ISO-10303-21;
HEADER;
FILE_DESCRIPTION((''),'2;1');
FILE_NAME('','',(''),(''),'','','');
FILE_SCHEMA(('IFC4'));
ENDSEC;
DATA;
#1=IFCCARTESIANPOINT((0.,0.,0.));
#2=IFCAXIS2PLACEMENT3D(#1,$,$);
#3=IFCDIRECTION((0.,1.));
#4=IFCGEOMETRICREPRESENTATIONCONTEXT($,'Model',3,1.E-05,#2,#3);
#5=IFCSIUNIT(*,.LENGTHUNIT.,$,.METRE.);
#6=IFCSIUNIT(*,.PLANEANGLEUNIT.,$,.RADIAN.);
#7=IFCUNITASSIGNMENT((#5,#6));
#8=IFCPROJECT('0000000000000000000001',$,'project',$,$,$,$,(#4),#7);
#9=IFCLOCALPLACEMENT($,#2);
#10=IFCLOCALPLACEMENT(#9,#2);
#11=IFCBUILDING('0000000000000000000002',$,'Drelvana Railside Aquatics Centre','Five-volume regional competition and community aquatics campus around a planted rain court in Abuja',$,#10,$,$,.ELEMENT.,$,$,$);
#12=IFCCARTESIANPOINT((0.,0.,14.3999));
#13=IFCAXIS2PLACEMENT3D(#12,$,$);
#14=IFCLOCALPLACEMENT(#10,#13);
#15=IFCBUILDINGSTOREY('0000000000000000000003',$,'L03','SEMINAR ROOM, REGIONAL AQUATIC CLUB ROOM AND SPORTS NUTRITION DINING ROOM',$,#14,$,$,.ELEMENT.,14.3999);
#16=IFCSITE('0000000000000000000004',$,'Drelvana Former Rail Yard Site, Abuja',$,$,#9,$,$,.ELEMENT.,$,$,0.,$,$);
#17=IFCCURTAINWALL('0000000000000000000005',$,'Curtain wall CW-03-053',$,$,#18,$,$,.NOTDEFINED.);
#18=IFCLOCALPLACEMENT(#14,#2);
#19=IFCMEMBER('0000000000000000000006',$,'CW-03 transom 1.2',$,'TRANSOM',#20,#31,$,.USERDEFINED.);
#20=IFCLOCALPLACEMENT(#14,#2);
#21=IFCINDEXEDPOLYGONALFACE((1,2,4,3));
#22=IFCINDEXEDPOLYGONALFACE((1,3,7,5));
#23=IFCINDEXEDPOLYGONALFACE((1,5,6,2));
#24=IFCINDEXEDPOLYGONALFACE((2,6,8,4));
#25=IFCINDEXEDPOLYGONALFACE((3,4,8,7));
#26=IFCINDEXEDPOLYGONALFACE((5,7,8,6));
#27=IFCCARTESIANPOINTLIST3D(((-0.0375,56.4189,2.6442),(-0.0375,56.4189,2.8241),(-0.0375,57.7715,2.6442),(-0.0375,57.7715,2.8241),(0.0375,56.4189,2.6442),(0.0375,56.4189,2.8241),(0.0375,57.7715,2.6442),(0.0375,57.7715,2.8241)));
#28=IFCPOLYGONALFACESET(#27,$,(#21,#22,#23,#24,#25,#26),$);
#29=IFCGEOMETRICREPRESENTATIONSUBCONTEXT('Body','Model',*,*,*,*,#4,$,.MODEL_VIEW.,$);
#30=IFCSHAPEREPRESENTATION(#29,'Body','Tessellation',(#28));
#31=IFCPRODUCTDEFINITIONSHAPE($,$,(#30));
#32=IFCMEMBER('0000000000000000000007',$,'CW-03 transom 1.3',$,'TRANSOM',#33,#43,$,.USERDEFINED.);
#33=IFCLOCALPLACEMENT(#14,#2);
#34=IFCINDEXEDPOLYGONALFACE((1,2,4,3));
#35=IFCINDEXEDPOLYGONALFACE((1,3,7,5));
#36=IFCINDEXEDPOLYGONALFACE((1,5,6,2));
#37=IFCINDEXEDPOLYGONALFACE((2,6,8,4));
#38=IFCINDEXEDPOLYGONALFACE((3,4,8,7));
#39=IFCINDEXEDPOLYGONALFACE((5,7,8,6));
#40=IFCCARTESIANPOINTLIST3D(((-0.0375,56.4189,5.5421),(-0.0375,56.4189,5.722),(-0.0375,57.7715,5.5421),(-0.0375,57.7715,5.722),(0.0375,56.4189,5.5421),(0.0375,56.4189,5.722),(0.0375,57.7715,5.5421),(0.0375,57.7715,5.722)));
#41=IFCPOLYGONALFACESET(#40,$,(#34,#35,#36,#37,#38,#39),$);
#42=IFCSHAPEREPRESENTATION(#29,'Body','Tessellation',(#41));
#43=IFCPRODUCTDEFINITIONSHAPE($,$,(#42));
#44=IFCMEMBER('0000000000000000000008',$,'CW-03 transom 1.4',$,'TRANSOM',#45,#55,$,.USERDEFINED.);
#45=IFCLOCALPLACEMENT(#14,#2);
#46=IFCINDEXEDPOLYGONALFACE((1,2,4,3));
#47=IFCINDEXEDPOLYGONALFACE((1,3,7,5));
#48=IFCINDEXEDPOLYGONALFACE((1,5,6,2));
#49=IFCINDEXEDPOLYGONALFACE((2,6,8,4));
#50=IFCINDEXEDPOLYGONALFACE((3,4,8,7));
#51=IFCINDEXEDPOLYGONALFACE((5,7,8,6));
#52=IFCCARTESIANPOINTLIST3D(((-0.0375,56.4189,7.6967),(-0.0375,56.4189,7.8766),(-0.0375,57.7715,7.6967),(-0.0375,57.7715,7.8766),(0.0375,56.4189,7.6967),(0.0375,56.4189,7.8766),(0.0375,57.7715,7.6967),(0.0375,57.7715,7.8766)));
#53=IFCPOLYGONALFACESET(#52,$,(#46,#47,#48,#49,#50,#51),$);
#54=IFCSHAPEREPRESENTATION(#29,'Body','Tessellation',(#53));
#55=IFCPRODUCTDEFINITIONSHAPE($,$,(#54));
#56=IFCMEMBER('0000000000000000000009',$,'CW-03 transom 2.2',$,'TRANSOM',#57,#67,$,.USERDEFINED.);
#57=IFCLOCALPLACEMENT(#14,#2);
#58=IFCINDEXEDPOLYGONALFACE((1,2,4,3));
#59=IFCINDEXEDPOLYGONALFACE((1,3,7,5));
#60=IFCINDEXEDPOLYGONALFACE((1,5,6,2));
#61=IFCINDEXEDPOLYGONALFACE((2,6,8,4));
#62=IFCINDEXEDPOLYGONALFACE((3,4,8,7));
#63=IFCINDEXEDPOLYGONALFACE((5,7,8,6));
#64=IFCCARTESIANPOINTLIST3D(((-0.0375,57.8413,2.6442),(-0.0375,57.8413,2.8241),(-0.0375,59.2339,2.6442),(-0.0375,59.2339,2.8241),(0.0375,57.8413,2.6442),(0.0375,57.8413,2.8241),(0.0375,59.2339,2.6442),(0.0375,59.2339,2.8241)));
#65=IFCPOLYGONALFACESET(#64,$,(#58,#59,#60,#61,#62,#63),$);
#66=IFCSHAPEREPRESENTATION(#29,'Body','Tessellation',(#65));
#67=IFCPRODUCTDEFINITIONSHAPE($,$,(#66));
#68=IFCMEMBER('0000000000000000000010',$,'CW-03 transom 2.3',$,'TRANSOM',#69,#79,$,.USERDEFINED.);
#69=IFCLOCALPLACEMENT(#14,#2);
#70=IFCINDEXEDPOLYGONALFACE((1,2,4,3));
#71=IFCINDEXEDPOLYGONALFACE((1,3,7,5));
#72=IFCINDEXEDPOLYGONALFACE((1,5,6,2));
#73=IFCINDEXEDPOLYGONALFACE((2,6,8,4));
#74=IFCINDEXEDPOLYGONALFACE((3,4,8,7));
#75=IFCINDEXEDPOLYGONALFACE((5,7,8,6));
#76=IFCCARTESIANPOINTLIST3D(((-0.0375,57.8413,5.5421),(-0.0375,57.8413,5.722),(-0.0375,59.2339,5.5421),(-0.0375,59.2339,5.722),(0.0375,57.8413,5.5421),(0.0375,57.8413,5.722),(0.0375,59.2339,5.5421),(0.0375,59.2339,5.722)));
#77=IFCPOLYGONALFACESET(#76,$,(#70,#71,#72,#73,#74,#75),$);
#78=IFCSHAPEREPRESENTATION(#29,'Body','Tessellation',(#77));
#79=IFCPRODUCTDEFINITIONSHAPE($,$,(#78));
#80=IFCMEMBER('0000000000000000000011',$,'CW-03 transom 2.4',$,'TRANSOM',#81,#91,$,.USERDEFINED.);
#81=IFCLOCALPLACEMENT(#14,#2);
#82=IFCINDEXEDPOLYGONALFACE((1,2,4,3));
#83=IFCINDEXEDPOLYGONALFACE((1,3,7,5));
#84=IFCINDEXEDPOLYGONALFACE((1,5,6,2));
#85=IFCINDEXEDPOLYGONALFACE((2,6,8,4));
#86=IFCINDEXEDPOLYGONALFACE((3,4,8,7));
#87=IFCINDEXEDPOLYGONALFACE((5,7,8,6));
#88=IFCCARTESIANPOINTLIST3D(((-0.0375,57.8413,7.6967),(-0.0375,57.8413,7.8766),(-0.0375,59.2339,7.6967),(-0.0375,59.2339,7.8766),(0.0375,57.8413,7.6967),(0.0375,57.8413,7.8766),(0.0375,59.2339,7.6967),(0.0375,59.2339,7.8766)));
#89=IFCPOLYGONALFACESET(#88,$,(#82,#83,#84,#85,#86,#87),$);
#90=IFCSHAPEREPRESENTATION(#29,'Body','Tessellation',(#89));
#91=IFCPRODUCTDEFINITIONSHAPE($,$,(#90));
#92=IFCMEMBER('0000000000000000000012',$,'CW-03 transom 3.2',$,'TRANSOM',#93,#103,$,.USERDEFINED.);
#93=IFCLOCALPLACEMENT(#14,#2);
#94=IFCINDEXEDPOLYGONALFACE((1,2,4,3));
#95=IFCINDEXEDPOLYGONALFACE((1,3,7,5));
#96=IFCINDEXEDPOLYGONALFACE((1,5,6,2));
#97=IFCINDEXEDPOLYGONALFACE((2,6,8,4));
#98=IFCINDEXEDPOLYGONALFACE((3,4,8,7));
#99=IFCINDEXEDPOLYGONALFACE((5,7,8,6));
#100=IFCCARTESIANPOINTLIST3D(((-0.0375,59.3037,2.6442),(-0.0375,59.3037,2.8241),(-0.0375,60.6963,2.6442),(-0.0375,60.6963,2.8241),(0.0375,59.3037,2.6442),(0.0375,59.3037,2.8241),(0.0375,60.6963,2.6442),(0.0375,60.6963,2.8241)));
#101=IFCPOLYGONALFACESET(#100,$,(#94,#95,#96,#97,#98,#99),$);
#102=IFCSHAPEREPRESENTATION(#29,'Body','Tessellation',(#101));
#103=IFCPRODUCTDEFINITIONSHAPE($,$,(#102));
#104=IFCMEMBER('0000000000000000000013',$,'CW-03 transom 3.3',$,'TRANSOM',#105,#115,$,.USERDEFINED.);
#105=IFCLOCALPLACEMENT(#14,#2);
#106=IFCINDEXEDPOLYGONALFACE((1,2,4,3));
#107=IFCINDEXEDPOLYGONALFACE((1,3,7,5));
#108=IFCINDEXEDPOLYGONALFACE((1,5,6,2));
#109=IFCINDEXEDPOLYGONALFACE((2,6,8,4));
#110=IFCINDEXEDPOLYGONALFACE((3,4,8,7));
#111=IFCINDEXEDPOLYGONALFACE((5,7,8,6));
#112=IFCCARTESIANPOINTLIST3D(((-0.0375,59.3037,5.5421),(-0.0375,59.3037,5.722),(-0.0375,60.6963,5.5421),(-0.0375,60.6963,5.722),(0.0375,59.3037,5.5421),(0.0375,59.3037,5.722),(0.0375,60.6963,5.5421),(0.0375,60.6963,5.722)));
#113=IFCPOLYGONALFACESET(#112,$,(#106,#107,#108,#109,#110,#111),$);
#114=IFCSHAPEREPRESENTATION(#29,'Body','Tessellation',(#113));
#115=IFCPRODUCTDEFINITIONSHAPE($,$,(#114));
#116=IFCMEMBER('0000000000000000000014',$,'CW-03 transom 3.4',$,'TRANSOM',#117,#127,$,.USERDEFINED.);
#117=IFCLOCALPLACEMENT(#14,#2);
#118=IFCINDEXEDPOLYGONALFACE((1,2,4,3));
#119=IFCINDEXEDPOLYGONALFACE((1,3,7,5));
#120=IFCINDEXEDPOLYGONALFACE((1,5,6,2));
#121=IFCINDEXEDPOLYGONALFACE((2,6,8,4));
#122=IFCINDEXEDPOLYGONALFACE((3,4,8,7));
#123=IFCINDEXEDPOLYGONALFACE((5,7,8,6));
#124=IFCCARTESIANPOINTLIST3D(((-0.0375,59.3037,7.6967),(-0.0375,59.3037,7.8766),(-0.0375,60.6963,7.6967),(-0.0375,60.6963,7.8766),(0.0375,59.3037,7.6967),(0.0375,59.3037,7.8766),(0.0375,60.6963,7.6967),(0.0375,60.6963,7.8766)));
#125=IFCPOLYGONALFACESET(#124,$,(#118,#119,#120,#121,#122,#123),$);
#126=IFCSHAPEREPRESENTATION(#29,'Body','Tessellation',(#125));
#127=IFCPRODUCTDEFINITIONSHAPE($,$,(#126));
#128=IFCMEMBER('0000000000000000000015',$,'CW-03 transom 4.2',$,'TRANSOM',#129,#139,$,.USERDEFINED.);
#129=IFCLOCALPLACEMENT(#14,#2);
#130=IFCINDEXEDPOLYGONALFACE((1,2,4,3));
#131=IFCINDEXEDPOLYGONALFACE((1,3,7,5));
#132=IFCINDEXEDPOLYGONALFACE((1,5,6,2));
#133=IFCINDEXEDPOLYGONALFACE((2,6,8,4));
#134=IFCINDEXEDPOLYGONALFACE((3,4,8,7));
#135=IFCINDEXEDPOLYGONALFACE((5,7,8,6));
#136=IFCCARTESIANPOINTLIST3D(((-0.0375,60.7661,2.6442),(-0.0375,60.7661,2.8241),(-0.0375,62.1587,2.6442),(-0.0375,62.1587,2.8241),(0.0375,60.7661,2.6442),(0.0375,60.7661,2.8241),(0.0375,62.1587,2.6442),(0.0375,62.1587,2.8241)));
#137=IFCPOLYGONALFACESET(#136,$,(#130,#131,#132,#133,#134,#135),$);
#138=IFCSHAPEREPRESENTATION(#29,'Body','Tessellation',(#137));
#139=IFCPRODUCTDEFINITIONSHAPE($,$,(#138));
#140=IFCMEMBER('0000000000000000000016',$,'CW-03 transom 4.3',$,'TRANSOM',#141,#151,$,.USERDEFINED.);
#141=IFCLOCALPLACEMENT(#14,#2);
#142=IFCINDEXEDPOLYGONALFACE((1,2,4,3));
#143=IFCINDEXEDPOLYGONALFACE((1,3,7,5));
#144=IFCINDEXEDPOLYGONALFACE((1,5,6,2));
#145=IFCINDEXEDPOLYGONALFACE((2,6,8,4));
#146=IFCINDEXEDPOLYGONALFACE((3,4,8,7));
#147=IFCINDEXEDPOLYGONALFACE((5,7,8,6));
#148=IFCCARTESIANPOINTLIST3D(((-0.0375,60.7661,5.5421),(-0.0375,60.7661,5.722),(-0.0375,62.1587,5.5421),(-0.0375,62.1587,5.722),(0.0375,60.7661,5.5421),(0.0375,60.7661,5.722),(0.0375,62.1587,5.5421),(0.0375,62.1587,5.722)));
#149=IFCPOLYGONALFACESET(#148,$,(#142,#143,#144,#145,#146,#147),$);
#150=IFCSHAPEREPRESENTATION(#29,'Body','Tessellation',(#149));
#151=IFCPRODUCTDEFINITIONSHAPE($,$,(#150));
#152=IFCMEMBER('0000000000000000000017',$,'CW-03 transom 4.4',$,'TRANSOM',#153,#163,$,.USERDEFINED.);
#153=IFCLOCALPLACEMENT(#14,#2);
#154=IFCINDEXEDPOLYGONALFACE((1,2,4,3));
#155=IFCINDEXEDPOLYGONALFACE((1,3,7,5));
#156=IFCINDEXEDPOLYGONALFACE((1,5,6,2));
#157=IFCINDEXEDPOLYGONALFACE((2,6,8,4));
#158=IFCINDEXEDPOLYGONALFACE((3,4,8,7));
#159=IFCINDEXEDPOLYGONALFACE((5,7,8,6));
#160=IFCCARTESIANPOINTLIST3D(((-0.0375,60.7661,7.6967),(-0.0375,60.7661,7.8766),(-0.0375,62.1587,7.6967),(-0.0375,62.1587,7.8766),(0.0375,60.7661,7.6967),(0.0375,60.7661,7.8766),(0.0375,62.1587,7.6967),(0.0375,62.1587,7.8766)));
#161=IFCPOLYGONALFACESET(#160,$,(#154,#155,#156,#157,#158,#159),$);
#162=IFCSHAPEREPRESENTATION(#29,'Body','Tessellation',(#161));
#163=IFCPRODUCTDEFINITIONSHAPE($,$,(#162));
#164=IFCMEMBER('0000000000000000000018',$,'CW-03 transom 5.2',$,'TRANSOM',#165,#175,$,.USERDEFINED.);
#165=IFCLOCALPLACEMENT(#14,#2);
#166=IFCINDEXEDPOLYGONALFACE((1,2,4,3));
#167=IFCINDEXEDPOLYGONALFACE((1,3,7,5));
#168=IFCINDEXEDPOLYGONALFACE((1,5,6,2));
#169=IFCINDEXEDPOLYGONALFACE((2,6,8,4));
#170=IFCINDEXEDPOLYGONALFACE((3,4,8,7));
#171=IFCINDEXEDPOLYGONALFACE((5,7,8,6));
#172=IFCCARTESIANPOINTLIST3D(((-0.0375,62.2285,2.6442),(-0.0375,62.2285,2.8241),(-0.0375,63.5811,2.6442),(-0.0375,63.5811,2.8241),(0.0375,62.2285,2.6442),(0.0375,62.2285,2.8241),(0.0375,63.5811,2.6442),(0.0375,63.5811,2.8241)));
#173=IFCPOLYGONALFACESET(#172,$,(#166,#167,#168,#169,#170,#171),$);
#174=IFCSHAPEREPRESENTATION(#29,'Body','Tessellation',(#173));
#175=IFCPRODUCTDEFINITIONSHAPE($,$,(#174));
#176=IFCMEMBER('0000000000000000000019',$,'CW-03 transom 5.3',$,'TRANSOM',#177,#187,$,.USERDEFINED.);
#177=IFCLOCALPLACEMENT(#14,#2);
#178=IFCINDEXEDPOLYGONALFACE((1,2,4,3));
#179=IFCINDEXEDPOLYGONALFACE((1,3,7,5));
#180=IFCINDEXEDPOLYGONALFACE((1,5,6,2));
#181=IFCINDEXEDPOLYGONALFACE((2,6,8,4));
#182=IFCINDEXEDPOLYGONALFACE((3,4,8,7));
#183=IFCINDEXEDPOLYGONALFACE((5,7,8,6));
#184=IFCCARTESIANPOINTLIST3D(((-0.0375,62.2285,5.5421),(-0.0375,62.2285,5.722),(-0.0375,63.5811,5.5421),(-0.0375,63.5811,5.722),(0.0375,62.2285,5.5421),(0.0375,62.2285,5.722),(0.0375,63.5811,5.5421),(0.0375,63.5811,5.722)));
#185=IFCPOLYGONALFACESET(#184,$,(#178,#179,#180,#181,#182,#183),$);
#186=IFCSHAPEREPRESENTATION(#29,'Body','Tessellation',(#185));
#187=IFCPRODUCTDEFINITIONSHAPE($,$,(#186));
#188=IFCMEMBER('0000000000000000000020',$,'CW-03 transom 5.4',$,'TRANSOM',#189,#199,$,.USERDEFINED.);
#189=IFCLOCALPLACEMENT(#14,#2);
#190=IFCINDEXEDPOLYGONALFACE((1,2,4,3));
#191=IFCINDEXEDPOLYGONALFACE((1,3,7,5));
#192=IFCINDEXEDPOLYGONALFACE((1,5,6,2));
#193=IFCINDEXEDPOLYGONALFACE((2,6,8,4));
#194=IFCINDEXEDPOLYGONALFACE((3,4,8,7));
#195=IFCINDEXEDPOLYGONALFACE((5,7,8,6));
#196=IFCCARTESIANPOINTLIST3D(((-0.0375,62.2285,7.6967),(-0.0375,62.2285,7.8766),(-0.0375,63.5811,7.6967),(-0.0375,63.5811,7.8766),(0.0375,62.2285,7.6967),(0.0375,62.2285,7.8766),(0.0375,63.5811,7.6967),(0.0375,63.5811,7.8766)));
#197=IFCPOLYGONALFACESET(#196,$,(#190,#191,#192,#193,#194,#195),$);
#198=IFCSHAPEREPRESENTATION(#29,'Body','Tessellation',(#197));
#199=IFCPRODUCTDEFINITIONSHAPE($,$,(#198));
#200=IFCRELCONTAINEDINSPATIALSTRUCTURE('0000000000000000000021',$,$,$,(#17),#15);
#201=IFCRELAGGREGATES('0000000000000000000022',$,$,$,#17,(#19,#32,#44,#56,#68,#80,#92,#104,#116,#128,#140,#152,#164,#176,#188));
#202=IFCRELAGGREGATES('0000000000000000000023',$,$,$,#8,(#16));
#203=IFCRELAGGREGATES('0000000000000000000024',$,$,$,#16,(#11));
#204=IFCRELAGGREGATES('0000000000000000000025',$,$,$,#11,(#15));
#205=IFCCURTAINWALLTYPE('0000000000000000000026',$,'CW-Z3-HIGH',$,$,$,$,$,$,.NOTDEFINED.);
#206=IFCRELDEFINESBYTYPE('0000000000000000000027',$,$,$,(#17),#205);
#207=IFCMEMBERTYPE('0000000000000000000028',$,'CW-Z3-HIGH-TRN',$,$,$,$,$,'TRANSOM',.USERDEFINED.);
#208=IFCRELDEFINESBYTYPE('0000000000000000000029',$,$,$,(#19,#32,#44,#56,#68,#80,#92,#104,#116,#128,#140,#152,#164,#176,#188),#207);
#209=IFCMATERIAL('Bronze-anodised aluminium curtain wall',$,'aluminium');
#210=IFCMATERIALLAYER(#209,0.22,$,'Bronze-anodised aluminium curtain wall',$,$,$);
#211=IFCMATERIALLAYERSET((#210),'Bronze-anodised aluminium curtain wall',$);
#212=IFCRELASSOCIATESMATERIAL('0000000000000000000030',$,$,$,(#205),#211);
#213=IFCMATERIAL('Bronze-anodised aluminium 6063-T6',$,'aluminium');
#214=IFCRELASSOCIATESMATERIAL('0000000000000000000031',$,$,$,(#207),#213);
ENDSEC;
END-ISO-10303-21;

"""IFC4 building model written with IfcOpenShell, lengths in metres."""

from ifc_helpers import new_model, si_unit, direction, frame, origin, origin_2d, place, context, subcontext, project, spatial, rectangle, extrude, material, layer, layer_set, material_profile, profile_set, type_object, element, aggregate, save


model = new_model("IFC4")

# Units and contexts
model_context = context("Model", 3, precision=1e-05, world=origin(), true_north=direction((0.0, 1.0)))
body_context = subcontext(model_context, "Body", "Model", "MODEL_VIEW")
ifc_project = project(units=[si_unit("LENGTHUNIT", "METRE"), si_unit("PLANEANGLEUNIT", "RADIAN")], contexts=[model_context])

# Site, building, storey
site_placement = place(None, origin())
site = spatial("IfcSite", under=ifc_project, at=site_placement, Name="Drelvana Former Rail Yard Site, Abuja", CompositionType="ELEMENT", RefElevation=0.0)
building_placement = place(site_placement, origin())
building = spatial("IfcBuilding", under=site, at=building_placement, Name="Drelvana Railside Aquatics Centre", Description="Five-volume regional competition and community aquatics campus around a planted rain court in Abuja", CompositionType="ELEMENT")
storey_placement = place(building_placement, frame((0.0, 0.0, 14.3999)))
storey = spatial("IfcBuildingStorey", under=building, at=storey_placement, Name="L03", Description="SEMINAR ROOM, REGIONAL AQUATIC CLUB ROOM AND SPORTS NUTRITION DINING ROOM", CompositionType="ELEMENT", Elevation=14.3999)

# Curtain wall, members
ifc_material_1 = material(Name="Bronze-anodised aluminium curtain wall", Category="aluminium")
ifc_layer_1 = layer(ifc_material_1, 0.22, Name="Bronze-anodised aluminium curtain wall")
ifc_layer_set_1 = layer_set([ifc_layer_1], Name="Bronze-anodised aluminium curtain wall")
curtain_wall_type = type_object("IfcCurtainWallType", Name="CW-Z3-HIGH", PredefinedType="NOTDEFINED", material=ifc_layer_set_1)
curtain_wall_placement = place(storey_placement, origin())
curtain_wall = element("IfcCurtainWall", 1, at=curtain_wall_placement, inside=storey, type_object=curtain_wall_type, Name="Curtain wall CW-03-053", PredefinedType="NOTDEFINED")
ifc_material_2 = material(Name="Bronze-anodised aluminium 6063-T6", Category="aluminium")
ifc_material_profile = material_profile(ifc_material_2, rectangle(XDim=0.1799, YDim=0.075, at=origin_2d()), Name="ALU-T 75x180")
ifc_profile_set = profile_set([ifc_material_profile], Name="Bronze-anodised aluminium 6063-T6")
member_type = type_object("IfcMemberType", Name="CW-Z3-HIGH-TRN", ElementType="TRANSOM", PredefinedType="USERDEFINED", material=ifc_profile_set)
member_1_placement = place(storey_placement, frame((0.0, 56.4189, 2.7341), z_axis=(0.0, 1.0, 0.0), x_axis=(0.0, 0.0, 1.0)))
member_1 = element("IfcMember", 2, at=member_1_placement, type_object=member_type, Name="CW-03 transom 1.2", ObjectType="TRANSOM", PredefinedType="USERDEFINED", context=body_context, shape_type="SweptSolid", body=[
    extrude(rectangle(XDim=0.1799, YDim=0.075, at=origin_2d()), origin(), (0.0, 0.0, 1.0), 1.3525),
])
member_2_placement = place(storey_placement, frame((0.0, 56.4189, 5.6321), z_axis=(0.0, 1.0, 0.0), x_axis=(0.0, 0.0, 1.0)))
member_2 = element("IfcMember", 3, at=member_2_placement, type_object=member_type, Name="CW-03 transom 1.3", ObjectType="TRANSOM", PredefinedType="USERDEFINED", context=body_context, shape_type="SweptSolid", body=[
    extrude(rectangle(XDim=0.1799, YDim=0.075, at=origin_2d()), origin(), (0.0, 0.0, 1.0), 1.3525),
])
member_3_placement = place(storey_placement, frame((0.0, 56.4189, 7.7866), z_axis=(0.0, 1.0, 0.0), x_axis=(0.0, 0.0, 1.0)))
member_3 = element("IfcMember", 4, at=member_3_placement, type_object=member_type, Name="CW-03 transom 1.4", ObjectType="TRANSOM", PredefinedType="USERDEFINED", context=body_context, shape_type="SweptSolid", body=[
    extrude(rectangle(XDim=0.1799, YDim=0.075, at=origin_2d()), origin(), (0.0, 0.0, 1.0), 1.3525),
])
member_4_placement = place(storey_placement, frame((0.0, 57.8413, 2.7341), z_axis=(0.0, 1.0, 0.0), x_axis=(0.0, 0.0, 1.0)))
member_4 = element("IfcMember", 5, at=member_4_placement, type_object=member_type, Name="CW-03 transom 2.2", ObjectType="TRANSOM", PredefinedType="USERDEFINED", context=body_context, shape_type="SweptSolid", body=[
    extrude(rectangle(XDim=0.1799, YDim=0.075, at=origin_2d()), origin(), (0.0, 0.0, 1.0), 1.3926),
])
member_5_placement = place(storey_placement, frame((0.0, 57.8413, 5.6321), z_axis=(0.0, 1.0, 0.0), x_axis=(0.0, 0.0, 1.0)))
member_5 = element("IfcMember", 6, at=member_5_placement, type_object=member_type, Name="CW-03 transom 2.3", ObjectType="TRANSOM", PredefinedType="USERDEFINED", context=body_context, shape_type="SweptSolid", body=[
    extrude(rectangle(XDim=0.1799, YDim=0.075, at=origin_2d()), origin(), (0.0, 0.0, 1.0), 1.3926),
])
member_6_placement = place(storey_placement, frame((0.0, 57.8413, 7.7866), z_axis=(0.0, 1.0, 0.0), x_axis=(0.0, 0.0, 1.0)))
member_6 = element("IfcMember", 7, at=member_6_placement, type_object=member_type, Name="CW-03 transom 2.4", ObjectType="TRANSOM", PredefinedType="USERDEFINED", context=body_context, shape_type="SweptSolid", body=[
    extrude(rectangle(XDim=0.1799, YDim=0.075, at=origin_2d()), origin(), (0.0, 0.0, 1.0), 1.3926),
])
member_7_placement = place(storey_placement, frame((0.0, 59.3037, 2.7341), z_axis=(0.0, 1.0, 0.0), x_axis=(0.0, 0.0, 1.0)))
member_7 = element("IfcMember", 8, at=member_7_placement, type_object=member_type, Name="CW-03 transom 3.2", ObjectType="TRANSOM", PredefinedType="USERDEFINED", context=body_context, shape_type="SweptSolid", body=[
    extrude(rectangle(XDim=0.1799, YDim=0.075, at=origin_2d()), origin(), (0.0, 0.0, 1.0), 1.3926),
])
member_8_placement = place(storey_placement, frame((0.0, 59.3037, 5.6321), z_axis=(0.0, 1.0, 0.0), x_axis=(0.0, 0.0, 1.0)))
member_8 = element("IfcMember", 9, at=member_8_placement, type_object=member_type, Name="CW-03 transom 3.3", ObjectType="TRANSOM", PredefinedType="USERDEFINED", context=body_context, shape_type="SweptSolid", body=[
    extrude(rectangle(XDim=0.1799, YDim=0.075, at=origin_2d()), origin(), (0.0, 0.0, 1.0), 1.3926),
])
member_9_placement = place(storey_placement, frame((0.0, 59.3037, 7.7866), z_axis=(0.0, 1.0, 0.0), x_axis=(0.0, 0.0, 1.0)))
member_9 = element("IfcMember", 10, at=member_9_placement, type_object=member_type, Name="CW-03 transom 3.4", ObjectType="TRANSOM", PredefinedType="USERDEFINED", context=body_context, shape_type="SweptSolid", body=[
    extrude(rectangle(XDim=0.1799, YDim=0.075, at=origin_2d()), origin(), (0.0, 0.0, 1.0), 1.3926),
])
member_10_placement = place(storey_placement, frame((0.0, 60.7661, 2.7341), z_axis=(0.0, 1.0, 0.0), x_axis=(0.0, 0.0, 1.0)))
member_10 = element("IfcMember", 11, at=member_10_placement, type_object=member_type, Name="CW-03 transom 4.2", ObjectType="TRANSOM", PredefinedType="USERDEFINED", context=body_context, shape_type="SweptSolid", body=[
    extrude(rectangle(XDim=0.1799, YDim=0.075, at=origin_2d()), origin(), (0.0, 0.0, 1.0), 1.3926),
])
member_11_placement = place(storey_placement, frame((0.0, 60.7661, 5.6321), z_axis=(0.0, 1.0, 0.0), x_axis=(0.0, 0.0, 1.0)))
member_11 = element("IfcMember", 12, at=member_11_placement, type_object=member_type, Name="CW-03 transom 4.3", ObjectType="TRANSOM", PredefinedType="USERDEFINED", context=body_context, shape_type="SweptSolid", body=[
    extrude(rectangle(XDim=0.1799, YDim=0.075, at=origin_2d()), origin(), (0.0, 0.0, 1.0), 1.3926),
])
member_12_placement = place(storey_placement, frame((0.0, 60.7661, 7.7866), z_axis=(0.0, 1.0, 0.0), x_axis=(0.0, 0.0, 1.0)))
member_12 = element("IfcMember", 13, at=member_12_placement, type_object=member_type, Name="CW-03 transom 4.4", ObjectType="TRANSOM", PredefinedType="USERDEFINED", context=body_context, shape_type="SweptSolid", body=[
    extrude(rectangle(XDim=0.1799, YDim=0.075, at=origin_2d()), origin(), (0.0, 0.0, 1.0), 1.3926),
])
member_13_placement = place(storey_placement, frame((0.0, 62.2285, 2.7341), z_axis=(0.0, 1.0, 0.0), x_axis=(0.0, 0.0, 1.0)))
member_13 = element("IfcMember", 14, at=member_13_placement, type_object=member_type, Name="CW-03 transom 5.2", ObjectType="TRANSOM", PredefinedType="USERDEFINED", context=body_context, shape_type="SweptSolid", body=[
    extrude(rectangle(XDim=0.1799, YDim=0.075, at=origin_2d()), origin(), (0.0, 0.0, 1.0), 1.3525),
])
member_14_placement = place(storey_placement, frame((0.0, 62.2285, 5.6321), z_axis=(0.0, 1.0, 0.0), x_axis=(0.0, 0.0, 1.0)))
member_14 = element("IfcMember", 15, at=member_14_placement, type_object=member_type, Name="CW-03 transom 5.3", ObjectType="TRANSOM", PredefinedType="USERDEFINED", context=body_context, shape_type="SweptSolid", body=[
    extrude(rectangle(XDim=0.1799, YDim=0.075, at=origin_2d()), origin(), (0.0, 0.0, 1.0), 1.3525),
])
member_15_placement = place(storey_placement, frame((0.0, 62.2285, 7.7866), z_axis=(0.0, 1.0, 0.0), x_axis=(0.0, 0.0, 1.0)))
member_15 = element("IfcMember", 16, at=member_15_placement, type_object=member_type, Name="CW-03 transom 5.4", ObjectType="TRANSOM", PredefinedType="USERDEFINED", context=body_context, shape_type="SweptSolid", body=[
    extrude(rectangle(XDim=0.1799, YDim=0.075, at=origin_2d()), origin(), (0.0, 0.0, 1.0), 1.3525),
])
aggregate(curtain_wall, [member_1, member_2, member_3, member_4, member_5, member_6, member_7, member_8, member_9, member_10, member_11, member_12, member_13, member_14, member_15])

save(model, "model.ifc")
